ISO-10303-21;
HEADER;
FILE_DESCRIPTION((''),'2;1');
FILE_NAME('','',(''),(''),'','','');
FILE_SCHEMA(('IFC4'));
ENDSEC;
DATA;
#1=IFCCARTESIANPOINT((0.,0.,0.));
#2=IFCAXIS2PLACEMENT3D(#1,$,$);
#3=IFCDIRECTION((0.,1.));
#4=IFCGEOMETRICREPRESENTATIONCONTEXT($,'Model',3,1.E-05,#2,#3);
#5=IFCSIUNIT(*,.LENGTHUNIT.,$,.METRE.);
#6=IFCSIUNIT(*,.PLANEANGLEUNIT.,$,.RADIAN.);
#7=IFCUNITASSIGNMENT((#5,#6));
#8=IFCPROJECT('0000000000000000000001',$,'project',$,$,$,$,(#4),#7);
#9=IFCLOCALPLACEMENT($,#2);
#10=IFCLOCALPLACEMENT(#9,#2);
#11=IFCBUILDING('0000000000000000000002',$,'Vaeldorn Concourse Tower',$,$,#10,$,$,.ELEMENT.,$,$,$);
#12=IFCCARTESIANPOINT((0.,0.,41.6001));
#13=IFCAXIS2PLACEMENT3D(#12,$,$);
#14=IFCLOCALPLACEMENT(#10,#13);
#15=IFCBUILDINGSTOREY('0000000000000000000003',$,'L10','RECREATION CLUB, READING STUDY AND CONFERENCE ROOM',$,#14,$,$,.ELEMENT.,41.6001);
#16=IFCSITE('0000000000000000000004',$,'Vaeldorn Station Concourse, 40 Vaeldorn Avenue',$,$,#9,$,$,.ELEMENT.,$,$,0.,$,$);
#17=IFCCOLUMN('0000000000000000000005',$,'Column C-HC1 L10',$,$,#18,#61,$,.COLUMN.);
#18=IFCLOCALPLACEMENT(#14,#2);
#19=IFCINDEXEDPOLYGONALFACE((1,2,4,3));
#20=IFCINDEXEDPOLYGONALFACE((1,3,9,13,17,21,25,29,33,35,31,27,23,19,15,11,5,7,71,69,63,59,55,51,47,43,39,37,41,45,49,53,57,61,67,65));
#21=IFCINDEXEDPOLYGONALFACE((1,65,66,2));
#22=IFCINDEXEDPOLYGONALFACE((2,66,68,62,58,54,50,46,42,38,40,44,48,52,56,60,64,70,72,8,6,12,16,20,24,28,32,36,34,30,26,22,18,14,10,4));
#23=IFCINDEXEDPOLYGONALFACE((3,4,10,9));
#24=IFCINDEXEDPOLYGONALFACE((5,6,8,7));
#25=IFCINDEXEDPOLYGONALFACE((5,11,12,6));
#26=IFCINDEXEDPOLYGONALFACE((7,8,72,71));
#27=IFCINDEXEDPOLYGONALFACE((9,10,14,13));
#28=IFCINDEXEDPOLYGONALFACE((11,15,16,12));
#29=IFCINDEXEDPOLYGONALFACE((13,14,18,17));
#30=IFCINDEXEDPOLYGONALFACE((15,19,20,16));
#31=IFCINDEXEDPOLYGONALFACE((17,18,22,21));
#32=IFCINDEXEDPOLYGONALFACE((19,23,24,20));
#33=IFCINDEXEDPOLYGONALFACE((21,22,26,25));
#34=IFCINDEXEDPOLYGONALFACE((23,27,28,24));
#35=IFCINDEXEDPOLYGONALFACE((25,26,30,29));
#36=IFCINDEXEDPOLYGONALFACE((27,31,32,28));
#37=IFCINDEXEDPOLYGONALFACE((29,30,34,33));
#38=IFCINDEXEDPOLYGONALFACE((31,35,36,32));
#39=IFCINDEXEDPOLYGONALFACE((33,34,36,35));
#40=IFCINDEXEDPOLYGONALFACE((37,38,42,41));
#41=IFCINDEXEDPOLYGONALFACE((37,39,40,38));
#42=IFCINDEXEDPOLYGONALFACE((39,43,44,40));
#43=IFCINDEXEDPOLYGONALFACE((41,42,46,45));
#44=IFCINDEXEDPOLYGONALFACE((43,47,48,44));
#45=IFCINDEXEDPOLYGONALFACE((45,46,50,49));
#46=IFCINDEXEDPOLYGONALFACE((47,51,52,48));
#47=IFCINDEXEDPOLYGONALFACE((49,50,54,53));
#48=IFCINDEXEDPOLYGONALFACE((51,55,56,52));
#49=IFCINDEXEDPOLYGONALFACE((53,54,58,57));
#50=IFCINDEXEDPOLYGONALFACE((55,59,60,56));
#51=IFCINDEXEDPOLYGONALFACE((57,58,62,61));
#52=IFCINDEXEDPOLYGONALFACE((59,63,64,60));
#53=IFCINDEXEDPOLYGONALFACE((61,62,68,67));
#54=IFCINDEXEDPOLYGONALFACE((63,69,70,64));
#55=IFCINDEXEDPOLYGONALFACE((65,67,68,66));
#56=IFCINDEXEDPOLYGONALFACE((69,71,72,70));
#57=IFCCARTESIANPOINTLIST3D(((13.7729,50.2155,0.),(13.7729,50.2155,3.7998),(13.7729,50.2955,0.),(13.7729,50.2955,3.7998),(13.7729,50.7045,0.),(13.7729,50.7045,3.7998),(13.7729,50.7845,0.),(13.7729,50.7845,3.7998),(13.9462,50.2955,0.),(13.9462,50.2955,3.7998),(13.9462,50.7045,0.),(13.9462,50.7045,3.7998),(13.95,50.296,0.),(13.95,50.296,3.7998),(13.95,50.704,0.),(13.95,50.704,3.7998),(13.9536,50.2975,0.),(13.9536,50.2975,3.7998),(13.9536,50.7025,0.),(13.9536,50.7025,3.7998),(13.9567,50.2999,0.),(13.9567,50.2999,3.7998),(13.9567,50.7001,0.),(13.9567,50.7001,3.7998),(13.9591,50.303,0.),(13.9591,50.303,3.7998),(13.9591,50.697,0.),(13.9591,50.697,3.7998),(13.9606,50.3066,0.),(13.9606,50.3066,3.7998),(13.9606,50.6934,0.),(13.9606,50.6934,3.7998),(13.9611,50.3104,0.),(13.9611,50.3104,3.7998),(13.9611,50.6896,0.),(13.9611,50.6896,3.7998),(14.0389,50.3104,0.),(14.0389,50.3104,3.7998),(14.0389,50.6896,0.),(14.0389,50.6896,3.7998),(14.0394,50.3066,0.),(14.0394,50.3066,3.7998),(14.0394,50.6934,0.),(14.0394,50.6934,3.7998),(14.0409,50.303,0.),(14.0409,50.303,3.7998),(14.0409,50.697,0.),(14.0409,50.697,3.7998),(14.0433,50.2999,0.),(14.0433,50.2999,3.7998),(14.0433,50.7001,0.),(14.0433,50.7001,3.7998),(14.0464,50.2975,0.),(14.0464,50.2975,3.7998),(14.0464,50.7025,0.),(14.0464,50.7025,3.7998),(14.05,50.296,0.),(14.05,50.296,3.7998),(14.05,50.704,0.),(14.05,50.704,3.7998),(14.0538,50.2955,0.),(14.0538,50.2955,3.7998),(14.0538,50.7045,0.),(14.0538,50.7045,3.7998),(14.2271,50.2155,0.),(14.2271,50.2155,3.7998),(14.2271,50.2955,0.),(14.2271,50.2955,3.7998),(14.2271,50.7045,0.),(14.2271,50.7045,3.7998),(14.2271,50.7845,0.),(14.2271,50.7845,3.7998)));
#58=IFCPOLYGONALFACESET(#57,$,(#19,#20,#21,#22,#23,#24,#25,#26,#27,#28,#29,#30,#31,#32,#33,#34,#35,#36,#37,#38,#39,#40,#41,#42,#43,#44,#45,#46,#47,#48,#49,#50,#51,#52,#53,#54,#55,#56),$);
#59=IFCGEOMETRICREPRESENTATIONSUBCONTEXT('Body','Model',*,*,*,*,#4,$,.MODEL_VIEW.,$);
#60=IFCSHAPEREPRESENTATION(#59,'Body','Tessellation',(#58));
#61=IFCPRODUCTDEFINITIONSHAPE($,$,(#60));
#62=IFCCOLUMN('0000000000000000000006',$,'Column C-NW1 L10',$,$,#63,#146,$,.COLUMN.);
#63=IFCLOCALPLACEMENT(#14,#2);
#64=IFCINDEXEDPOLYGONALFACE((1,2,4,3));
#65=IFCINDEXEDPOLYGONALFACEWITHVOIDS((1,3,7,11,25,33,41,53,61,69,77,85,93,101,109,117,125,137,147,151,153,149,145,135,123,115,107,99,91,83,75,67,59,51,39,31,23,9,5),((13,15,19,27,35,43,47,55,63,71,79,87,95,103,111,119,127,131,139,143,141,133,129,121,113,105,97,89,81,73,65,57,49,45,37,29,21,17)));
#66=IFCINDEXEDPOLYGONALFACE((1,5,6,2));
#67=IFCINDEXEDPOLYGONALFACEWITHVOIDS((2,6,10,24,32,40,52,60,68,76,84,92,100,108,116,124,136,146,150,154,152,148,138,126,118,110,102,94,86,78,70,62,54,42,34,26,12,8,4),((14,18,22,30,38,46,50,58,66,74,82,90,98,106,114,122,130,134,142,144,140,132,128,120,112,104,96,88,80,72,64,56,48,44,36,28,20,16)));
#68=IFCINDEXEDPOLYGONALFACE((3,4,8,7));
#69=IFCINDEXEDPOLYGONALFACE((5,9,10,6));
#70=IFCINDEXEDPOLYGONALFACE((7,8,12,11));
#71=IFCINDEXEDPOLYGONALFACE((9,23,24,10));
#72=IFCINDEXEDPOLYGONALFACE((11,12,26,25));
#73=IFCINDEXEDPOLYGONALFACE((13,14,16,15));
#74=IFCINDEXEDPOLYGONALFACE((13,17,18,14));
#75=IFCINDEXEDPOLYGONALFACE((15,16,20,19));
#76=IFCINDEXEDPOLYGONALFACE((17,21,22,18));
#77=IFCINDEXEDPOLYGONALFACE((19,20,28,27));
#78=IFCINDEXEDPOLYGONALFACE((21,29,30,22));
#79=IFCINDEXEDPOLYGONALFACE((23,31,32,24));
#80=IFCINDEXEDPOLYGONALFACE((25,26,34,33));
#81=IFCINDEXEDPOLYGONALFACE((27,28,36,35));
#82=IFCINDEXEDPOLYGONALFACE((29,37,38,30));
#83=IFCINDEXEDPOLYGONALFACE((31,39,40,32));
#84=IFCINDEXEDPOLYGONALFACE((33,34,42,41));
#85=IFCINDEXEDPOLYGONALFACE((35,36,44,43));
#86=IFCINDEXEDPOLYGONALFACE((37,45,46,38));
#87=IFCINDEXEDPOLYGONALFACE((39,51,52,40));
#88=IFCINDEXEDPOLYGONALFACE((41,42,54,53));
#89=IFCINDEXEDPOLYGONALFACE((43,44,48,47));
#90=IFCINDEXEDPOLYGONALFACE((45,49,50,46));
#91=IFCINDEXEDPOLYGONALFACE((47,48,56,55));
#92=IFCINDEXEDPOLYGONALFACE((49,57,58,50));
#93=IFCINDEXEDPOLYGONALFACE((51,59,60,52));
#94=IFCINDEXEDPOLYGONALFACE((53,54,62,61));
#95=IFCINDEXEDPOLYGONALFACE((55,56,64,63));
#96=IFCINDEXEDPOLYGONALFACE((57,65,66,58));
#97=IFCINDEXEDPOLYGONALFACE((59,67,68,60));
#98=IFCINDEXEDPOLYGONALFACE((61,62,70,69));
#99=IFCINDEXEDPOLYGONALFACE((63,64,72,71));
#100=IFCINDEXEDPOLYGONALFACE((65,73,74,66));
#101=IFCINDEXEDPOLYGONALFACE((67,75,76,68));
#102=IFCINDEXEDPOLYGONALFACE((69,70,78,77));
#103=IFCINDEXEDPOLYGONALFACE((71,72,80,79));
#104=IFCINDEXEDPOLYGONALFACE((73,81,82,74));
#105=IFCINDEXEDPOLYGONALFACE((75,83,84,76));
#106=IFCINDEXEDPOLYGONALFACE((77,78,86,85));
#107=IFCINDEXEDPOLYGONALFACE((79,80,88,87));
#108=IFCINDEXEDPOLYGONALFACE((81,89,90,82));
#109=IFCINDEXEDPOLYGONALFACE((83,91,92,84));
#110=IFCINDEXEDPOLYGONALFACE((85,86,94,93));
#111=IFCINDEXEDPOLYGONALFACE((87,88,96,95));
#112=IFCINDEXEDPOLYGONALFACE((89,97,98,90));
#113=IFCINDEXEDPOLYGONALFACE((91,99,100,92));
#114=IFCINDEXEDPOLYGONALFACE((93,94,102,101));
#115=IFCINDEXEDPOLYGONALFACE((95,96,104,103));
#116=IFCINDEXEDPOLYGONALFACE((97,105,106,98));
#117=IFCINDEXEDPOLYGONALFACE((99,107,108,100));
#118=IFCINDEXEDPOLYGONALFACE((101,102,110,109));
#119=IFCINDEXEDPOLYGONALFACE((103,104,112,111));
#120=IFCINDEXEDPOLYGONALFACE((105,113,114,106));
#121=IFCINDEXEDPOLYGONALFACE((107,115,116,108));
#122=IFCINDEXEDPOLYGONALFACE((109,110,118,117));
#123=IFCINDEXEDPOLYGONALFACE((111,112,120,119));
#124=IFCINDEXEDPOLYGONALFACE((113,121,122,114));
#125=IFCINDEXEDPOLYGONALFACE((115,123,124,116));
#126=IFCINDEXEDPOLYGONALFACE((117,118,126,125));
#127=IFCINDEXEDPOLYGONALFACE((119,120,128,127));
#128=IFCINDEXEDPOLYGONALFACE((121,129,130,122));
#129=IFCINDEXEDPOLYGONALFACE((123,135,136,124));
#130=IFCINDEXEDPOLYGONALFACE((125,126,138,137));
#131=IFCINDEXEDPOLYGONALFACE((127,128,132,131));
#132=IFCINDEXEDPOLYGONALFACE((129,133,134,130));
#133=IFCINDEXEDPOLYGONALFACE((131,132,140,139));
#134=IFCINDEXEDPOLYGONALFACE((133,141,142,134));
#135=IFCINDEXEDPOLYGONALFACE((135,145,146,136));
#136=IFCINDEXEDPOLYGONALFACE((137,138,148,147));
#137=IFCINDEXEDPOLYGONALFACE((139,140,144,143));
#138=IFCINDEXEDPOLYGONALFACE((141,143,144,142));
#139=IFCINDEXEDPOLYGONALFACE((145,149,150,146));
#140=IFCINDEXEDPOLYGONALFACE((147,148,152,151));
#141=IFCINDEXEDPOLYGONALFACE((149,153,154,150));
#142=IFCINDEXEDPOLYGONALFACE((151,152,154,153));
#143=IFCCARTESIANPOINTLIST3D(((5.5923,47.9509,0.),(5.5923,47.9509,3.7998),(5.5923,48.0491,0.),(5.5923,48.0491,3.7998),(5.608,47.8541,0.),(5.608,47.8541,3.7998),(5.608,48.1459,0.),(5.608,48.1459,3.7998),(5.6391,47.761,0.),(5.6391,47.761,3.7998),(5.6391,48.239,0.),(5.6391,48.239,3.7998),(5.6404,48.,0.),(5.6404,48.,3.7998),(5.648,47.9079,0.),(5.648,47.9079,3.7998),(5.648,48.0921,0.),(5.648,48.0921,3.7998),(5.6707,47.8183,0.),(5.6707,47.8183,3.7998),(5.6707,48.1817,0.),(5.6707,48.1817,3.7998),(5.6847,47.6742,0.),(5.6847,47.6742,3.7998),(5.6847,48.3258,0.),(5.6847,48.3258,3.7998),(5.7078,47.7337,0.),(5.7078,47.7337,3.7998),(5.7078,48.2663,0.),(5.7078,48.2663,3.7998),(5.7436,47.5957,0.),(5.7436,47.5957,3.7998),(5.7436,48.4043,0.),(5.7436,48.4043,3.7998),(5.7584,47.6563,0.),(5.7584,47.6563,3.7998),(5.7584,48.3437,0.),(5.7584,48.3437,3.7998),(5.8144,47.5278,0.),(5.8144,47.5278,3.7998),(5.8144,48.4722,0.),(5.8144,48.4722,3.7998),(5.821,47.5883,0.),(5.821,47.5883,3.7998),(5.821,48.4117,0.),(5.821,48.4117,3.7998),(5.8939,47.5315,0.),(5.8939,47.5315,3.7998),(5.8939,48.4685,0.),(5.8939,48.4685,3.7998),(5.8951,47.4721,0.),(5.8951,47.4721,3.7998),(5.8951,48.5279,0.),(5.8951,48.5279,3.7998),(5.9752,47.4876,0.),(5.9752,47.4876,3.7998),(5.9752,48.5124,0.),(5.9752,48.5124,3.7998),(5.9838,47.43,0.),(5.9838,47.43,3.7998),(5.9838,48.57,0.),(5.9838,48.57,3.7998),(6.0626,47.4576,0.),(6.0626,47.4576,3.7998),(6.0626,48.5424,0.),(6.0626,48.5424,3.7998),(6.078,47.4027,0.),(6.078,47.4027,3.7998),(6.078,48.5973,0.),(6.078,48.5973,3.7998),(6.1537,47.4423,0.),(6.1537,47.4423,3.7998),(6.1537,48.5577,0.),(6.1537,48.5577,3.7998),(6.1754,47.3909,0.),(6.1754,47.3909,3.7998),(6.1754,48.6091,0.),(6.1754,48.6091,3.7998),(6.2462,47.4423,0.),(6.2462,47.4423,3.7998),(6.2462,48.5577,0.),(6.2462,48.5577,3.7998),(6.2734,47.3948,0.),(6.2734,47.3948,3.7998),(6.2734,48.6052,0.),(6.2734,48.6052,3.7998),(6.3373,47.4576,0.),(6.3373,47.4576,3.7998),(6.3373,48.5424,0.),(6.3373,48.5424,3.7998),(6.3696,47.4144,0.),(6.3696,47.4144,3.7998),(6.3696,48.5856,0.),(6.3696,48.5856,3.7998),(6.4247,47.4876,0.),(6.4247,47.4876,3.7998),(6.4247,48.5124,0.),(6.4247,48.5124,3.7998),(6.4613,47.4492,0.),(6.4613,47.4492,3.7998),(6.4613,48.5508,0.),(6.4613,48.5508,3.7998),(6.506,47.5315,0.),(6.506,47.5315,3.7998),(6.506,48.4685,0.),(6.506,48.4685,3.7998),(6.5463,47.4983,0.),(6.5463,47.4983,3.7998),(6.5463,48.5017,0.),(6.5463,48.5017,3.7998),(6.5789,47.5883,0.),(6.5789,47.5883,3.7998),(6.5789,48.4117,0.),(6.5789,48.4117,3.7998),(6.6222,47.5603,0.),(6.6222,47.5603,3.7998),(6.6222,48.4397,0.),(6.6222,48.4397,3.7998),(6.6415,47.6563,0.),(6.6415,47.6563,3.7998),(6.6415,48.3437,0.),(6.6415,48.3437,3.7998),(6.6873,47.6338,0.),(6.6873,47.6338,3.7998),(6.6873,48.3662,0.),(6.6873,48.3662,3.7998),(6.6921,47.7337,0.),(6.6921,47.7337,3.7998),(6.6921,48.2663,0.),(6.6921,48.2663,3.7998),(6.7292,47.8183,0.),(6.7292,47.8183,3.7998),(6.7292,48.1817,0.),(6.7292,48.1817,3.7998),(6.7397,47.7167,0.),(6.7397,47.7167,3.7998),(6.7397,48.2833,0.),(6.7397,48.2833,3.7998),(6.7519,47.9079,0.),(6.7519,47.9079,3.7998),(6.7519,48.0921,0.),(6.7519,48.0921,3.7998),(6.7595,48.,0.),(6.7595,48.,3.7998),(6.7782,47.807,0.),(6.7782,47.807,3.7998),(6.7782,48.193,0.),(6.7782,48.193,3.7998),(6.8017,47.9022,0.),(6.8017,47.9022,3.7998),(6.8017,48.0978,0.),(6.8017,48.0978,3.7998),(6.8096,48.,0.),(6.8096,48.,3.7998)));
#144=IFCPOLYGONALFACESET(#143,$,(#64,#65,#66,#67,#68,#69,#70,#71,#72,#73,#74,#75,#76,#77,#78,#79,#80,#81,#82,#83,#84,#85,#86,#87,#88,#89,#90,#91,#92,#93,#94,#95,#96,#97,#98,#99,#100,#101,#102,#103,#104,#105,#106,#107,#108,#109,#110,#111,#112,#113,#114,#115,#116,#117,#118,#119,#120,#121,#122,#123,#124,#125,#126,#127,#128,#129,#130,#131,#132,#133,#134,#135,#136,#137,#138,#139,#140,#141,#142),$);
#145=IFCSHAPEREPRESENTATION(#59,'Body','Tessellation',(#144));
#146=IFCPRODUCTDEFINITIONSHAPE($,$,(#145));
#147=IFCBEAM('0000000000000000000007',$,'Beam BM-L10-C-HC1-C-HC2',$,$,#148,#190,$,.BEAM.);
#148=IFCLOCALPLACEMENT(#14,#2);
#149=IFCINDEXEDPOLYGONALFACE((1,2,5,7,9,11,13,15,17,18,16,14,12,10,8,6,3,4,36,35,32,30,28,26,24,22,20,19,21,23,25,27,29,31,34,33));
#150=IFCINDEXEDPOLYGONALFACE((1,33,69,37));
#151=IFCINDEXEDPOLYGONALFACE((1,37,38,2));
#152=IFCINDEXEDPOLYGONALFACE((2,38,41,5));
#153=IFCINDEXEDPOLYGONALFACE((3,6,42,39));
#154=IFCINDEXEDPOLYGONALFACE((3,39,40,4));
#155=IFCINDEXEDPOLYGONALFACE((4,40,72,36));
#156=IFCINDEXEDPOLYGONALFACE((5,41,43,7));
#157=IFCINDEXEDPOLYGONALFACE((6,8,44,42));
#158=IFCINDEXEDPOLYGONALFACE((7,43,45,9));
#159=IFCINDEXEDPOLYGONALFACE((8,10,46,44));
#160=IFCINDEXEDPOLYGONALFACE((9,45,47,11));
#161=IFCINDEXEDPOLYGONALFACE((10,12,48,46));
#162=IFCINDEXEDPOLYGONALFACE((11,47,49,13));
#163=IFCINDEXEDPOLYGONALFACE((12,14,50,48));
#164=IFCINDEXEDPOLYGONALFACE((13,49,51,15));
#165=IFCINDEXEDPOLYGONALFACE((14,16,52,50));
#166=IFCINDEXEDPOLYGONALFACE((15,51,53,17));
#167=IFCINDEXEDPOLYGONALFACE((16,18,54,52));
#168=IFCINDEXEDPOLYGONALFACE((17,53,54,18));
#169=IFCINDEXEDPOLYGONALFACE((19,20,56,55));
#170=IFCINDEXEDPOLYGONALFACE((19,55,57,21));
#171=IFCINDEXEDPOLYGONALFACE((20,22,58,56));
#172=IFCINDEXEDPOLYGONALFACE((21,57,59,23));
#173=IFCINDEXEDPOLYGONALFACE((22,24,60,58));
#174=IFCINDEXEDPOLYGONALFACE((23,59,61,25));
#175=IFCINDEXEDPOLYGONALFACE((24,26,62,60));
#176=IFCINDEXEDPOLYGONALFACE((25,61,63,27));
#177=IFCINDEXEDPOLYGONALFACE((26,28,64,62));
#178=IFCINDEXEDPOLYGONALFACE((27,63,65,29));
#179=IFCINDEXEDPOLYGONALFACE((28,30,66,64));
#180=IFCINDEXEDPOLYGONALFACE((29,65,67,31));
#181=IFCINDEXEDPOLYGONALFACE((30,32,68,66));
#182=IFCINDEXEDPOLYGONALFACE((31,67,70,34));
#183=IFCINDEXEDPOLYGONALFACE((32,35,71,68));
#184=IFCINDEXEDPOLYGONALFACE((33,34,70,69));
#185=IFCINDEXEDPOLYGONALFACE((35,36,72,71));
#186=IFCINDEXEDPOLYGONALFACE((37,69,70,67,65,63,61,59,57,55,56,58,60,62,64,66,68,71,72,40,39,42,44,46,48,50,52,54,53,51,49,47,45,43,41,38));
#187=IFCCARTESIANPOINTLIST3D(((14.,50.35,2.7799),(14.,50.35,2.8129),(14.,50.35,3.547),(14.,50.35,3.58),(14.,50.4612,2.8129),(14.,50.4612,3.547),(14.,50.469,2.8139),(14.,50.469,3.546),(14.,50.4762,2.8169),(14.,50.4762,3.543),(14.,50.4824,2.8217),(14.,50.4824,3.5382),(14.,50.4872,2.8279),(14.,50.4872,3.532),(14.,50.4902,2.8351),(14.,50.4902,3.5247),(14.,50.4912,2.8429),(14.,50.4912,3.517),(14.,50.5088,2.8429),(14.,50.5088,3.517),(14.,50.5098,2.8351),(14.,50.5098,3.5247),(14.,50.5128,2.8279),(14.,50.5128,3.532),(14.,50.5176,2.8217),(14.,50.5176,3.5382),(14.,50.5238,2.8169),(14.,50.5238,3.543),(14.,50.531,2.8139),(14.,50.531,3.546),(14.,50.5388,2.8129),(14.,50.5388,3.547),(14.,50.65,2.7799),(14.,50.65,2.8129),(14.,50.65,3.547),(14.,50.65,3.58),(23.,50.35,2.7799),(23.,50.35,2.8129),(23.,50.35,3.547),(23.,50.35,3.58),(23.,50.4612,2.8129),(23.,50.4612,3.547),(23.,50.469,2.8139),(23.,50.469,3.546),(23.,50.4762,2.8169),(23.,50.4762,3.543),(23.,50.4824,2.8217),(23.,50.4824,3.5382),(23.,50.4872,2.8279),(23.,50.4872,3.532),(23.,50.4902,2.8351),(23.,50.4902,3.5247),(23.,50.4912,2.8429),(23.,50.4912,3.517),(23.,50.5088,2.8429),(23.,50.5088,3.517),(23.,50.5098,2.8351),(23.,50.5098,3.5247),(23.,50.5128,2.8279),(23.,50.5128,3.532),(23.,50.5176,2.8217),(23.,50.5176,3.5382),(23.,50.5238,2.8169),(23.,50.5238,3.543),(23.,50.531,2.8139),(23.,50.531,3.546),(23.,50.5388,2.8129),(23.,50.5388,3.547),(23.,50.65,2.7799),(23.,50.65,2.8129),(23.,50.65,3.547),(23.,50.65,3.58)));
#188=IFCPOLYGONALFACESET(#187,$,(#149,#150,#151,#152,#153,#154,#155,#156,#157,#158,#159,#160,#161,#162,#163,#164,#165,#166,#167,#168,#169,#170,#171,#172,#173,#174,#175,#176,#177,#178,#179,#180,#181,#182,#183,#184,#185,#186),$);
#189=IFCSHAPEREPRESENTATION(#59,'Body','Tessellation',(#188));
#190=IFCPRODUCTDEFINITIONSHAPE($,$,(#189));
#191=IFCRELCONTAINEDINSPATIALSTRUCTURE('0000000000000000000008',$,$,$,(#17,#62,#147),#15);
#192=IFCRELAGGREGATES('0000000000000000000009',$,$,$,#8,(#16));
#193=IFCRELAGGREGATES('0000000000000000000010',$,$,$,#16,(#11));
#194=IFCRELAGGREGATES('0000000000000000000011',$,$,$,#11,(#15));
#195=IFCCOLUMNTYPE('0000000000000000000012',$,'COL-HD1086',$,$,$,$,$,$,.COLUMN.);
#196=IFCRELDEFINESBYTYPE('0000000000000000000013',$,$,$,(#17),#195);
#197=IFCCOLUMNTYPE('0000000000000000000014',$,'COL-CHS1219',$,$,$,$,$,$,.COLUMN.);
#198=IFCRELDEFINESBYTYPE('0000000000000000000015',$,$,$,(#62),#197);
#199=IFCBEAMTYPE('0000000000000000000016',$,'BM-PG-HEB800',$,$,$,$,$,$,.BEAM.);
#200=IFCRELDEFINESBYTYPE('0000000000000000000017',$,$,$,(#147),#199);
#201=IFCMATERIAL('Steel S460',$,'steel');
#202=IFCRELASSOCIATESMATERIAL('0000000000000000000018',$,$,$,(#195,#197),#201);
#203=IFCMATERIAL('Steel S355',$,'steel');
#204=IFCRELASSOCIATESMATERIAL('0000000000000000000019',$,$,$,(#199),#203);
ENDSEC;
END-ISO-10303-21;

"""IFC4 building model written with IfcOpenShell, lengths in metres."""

from ifc_helpers import new_model, si_unit, direction, frame, origin, origin_2d, place, context, subcontext, project, spatial, hollow_circle, i_section, extrude, source, transform, mapped, material, material_profile, profile_set, type_object, element, save


model = new_model("IFC4")

# Units and contexts
model_context = context("Model", 3, precision=1e-05, world=origin(), true_north=direction((0.0, 1.0)))
body_context = subcontext(model_context, "Body", "Model", "MODEL_VIEW")
ifc_project = project(units=[si_unit("LENGTHUNIT", "METRE"), si_unit("PLANEANGLEUNIT", "RADIAN")], contexts=[model_context])

# Site, building, storey
site_placement = place(None, origin())
site = spatial("IfcSite", under=ifc_project, at=site_placement, Name="Vaeldorn Station Concourse, 40 Vaeldorn Avenue", CompositionType="ELEMENT", RefElevation=0.0)
building_placement = place(site_placement, origin())
building = spatial("IfcBuilding", under=site, at=building_placement, Name="Vaeldorn Concourse Tower", CompositionType="ELEMENT")
storey_placement = place(building_placement, frame((0.0, 0.0, 41.6001)))
storey = spatial("IfcBuildingStorey", under=building, at=storey_placement, Name="L10", Description="RECREATION CLUB, READING STUDY AND CONFERENCE ROOM", CompositionType="ELEMENT", Elevation=41.6001)

# Columns
ifc_material_1 = material(Name="Steel S460", Category="steel")
ifc_material_profile_1 = material_profile(ifc_material_1, i_section(OverallWidth=0.4541, OverallDepth=0.5691, WebThickness=0.0779, FlangeThickness=0.0801, FilletRadius=0.0149, at=origin_2d()), Name="HD 400x1086")
ifc_profile_set_1 = profile_set([ifc_material_profile_1], Name="Steel S460")
column_type_1 = type_object("IfcColumnType", Name="COL-HD1086", PredefinedType="COLUMN", material=ifc_profile_set_1)
shared_shape_1 = source(origin(), body_context, "Body", "SweptSolid", [
    extrude(i_section(OverallWidth=0.4541, OverallDepth=0.5691, WebThickness=0.0779, FlangeThickness=0.0801, FilletRadius=0.0149, at=origin_2d()), origin(), (0.0, 0.0, 1.0), 3.7998),
])
column_1_placement = place(storey_placement, frame((14.0, 50.5, 0.0), z_axis=(0.0, 0.0, 1.0), x_axis=(1.0, 0.0, 0.0)))
element("IfcColumn", 1, at=column_1_placement, inside=storey, type_object=column_type_1, Name="Column C-HC1 L10", PredefinedType="COLUMN", context=body_context, shape_type="MappedRepresentation", body=[
    mapped(shared_shape_1, transform((0.0, 0.0, 0.0), scale=1.0)),
])
ifc_material_profile_2 = material_profile(ifc_material_1, hollow_circle(Radius=0.6096, WallThickness=0.05, at=origin_2d()), Name="CHS 1219x50")
ifc_profile_set_2 = profile_set([ifc_material_profile_2], Name="Steel S460")
column_type_2 = type_object("IfcColumnType", Name="COL-CHS1219", PredefinedType="COLUMN", material=ifc_profile_set_2)
shared_shape_2 = source(origin(), body_context, "Body", "SweptSolid", [
    extrude(hollow_circle(Radius=0.6096, WallThickness=0.05, at=origin_2d()), origin(), (0.0, 0.0, 1.0), 3.7998),
])
column_2_placement = place(storey_placement, frame((6.2, 48.0, 0.0), z_axis=(0.0, 0.0, 1.0), x_axis=(1.0, 0.0, 0.0)))
element("IfcColumn", 2, at=column_2_placement, inside=storey, type_object=column_type_2, Name="Column C-NW1 L10", PredefinedType="COLUMN", context=body_context, shape_type="MappedRepresentation", body=[
    mapped(shared_shape_2, transform((0.0, 0.0, 0.0), scale=1.0)),
])

# Beam
ifc_material_2 = material(Name="Steel S355", Category="steel")
ifc_material_profile_3 = material_profile(ifc_material_2, i_section(OverallWidth=0.3, OverallDepth=0.8, WebThickness=0.0176, FlangeThickness=0.033, FilletRadius=0.03, at=origin_2d()), Name="HEB 800")
ifc_profile_set_3 = profile_set([ifc_material_profile_3], Name="Steel S355")
beam_type_1 = type_object("IfcBeamType", Name="BM-PG-HEB800", PredefinedType="BEAM", material=ifc_profile_set_3)
shared_shape_3 = source(origin(), body_context, "Body", "SweptSolid", [
    extrude(i_section(OverallWidth=0.3, OverallDepth=0.8, WebThickness=0.0176, FlangeThickness=0.033, FilletRadius=0.03, at=origin_2d()), origin(), (0.0, 0.0, 1.0), 9.0),
])
beam_1_placement = place(storey_placement, frame((14.0, 50.5, 3.1799), z_axis=(1.0, 0.0, 0.0), x_axis=(0.0, 1.0, 0.0)))
element("IfcBeam", 3, at=beam_1_placement, inside=storey, type_object=beam_type_1, Name="Beam BM-L10-C-HC1-C-HC2", PredefinedType="BEAM", context=body_context, shape_type="MappedRepresentation", body=[
    mapped(shared_shape_3, transform((0.0, 0.0, 0.0), scale=1.0)),
])

save(model, "model.ifc")
